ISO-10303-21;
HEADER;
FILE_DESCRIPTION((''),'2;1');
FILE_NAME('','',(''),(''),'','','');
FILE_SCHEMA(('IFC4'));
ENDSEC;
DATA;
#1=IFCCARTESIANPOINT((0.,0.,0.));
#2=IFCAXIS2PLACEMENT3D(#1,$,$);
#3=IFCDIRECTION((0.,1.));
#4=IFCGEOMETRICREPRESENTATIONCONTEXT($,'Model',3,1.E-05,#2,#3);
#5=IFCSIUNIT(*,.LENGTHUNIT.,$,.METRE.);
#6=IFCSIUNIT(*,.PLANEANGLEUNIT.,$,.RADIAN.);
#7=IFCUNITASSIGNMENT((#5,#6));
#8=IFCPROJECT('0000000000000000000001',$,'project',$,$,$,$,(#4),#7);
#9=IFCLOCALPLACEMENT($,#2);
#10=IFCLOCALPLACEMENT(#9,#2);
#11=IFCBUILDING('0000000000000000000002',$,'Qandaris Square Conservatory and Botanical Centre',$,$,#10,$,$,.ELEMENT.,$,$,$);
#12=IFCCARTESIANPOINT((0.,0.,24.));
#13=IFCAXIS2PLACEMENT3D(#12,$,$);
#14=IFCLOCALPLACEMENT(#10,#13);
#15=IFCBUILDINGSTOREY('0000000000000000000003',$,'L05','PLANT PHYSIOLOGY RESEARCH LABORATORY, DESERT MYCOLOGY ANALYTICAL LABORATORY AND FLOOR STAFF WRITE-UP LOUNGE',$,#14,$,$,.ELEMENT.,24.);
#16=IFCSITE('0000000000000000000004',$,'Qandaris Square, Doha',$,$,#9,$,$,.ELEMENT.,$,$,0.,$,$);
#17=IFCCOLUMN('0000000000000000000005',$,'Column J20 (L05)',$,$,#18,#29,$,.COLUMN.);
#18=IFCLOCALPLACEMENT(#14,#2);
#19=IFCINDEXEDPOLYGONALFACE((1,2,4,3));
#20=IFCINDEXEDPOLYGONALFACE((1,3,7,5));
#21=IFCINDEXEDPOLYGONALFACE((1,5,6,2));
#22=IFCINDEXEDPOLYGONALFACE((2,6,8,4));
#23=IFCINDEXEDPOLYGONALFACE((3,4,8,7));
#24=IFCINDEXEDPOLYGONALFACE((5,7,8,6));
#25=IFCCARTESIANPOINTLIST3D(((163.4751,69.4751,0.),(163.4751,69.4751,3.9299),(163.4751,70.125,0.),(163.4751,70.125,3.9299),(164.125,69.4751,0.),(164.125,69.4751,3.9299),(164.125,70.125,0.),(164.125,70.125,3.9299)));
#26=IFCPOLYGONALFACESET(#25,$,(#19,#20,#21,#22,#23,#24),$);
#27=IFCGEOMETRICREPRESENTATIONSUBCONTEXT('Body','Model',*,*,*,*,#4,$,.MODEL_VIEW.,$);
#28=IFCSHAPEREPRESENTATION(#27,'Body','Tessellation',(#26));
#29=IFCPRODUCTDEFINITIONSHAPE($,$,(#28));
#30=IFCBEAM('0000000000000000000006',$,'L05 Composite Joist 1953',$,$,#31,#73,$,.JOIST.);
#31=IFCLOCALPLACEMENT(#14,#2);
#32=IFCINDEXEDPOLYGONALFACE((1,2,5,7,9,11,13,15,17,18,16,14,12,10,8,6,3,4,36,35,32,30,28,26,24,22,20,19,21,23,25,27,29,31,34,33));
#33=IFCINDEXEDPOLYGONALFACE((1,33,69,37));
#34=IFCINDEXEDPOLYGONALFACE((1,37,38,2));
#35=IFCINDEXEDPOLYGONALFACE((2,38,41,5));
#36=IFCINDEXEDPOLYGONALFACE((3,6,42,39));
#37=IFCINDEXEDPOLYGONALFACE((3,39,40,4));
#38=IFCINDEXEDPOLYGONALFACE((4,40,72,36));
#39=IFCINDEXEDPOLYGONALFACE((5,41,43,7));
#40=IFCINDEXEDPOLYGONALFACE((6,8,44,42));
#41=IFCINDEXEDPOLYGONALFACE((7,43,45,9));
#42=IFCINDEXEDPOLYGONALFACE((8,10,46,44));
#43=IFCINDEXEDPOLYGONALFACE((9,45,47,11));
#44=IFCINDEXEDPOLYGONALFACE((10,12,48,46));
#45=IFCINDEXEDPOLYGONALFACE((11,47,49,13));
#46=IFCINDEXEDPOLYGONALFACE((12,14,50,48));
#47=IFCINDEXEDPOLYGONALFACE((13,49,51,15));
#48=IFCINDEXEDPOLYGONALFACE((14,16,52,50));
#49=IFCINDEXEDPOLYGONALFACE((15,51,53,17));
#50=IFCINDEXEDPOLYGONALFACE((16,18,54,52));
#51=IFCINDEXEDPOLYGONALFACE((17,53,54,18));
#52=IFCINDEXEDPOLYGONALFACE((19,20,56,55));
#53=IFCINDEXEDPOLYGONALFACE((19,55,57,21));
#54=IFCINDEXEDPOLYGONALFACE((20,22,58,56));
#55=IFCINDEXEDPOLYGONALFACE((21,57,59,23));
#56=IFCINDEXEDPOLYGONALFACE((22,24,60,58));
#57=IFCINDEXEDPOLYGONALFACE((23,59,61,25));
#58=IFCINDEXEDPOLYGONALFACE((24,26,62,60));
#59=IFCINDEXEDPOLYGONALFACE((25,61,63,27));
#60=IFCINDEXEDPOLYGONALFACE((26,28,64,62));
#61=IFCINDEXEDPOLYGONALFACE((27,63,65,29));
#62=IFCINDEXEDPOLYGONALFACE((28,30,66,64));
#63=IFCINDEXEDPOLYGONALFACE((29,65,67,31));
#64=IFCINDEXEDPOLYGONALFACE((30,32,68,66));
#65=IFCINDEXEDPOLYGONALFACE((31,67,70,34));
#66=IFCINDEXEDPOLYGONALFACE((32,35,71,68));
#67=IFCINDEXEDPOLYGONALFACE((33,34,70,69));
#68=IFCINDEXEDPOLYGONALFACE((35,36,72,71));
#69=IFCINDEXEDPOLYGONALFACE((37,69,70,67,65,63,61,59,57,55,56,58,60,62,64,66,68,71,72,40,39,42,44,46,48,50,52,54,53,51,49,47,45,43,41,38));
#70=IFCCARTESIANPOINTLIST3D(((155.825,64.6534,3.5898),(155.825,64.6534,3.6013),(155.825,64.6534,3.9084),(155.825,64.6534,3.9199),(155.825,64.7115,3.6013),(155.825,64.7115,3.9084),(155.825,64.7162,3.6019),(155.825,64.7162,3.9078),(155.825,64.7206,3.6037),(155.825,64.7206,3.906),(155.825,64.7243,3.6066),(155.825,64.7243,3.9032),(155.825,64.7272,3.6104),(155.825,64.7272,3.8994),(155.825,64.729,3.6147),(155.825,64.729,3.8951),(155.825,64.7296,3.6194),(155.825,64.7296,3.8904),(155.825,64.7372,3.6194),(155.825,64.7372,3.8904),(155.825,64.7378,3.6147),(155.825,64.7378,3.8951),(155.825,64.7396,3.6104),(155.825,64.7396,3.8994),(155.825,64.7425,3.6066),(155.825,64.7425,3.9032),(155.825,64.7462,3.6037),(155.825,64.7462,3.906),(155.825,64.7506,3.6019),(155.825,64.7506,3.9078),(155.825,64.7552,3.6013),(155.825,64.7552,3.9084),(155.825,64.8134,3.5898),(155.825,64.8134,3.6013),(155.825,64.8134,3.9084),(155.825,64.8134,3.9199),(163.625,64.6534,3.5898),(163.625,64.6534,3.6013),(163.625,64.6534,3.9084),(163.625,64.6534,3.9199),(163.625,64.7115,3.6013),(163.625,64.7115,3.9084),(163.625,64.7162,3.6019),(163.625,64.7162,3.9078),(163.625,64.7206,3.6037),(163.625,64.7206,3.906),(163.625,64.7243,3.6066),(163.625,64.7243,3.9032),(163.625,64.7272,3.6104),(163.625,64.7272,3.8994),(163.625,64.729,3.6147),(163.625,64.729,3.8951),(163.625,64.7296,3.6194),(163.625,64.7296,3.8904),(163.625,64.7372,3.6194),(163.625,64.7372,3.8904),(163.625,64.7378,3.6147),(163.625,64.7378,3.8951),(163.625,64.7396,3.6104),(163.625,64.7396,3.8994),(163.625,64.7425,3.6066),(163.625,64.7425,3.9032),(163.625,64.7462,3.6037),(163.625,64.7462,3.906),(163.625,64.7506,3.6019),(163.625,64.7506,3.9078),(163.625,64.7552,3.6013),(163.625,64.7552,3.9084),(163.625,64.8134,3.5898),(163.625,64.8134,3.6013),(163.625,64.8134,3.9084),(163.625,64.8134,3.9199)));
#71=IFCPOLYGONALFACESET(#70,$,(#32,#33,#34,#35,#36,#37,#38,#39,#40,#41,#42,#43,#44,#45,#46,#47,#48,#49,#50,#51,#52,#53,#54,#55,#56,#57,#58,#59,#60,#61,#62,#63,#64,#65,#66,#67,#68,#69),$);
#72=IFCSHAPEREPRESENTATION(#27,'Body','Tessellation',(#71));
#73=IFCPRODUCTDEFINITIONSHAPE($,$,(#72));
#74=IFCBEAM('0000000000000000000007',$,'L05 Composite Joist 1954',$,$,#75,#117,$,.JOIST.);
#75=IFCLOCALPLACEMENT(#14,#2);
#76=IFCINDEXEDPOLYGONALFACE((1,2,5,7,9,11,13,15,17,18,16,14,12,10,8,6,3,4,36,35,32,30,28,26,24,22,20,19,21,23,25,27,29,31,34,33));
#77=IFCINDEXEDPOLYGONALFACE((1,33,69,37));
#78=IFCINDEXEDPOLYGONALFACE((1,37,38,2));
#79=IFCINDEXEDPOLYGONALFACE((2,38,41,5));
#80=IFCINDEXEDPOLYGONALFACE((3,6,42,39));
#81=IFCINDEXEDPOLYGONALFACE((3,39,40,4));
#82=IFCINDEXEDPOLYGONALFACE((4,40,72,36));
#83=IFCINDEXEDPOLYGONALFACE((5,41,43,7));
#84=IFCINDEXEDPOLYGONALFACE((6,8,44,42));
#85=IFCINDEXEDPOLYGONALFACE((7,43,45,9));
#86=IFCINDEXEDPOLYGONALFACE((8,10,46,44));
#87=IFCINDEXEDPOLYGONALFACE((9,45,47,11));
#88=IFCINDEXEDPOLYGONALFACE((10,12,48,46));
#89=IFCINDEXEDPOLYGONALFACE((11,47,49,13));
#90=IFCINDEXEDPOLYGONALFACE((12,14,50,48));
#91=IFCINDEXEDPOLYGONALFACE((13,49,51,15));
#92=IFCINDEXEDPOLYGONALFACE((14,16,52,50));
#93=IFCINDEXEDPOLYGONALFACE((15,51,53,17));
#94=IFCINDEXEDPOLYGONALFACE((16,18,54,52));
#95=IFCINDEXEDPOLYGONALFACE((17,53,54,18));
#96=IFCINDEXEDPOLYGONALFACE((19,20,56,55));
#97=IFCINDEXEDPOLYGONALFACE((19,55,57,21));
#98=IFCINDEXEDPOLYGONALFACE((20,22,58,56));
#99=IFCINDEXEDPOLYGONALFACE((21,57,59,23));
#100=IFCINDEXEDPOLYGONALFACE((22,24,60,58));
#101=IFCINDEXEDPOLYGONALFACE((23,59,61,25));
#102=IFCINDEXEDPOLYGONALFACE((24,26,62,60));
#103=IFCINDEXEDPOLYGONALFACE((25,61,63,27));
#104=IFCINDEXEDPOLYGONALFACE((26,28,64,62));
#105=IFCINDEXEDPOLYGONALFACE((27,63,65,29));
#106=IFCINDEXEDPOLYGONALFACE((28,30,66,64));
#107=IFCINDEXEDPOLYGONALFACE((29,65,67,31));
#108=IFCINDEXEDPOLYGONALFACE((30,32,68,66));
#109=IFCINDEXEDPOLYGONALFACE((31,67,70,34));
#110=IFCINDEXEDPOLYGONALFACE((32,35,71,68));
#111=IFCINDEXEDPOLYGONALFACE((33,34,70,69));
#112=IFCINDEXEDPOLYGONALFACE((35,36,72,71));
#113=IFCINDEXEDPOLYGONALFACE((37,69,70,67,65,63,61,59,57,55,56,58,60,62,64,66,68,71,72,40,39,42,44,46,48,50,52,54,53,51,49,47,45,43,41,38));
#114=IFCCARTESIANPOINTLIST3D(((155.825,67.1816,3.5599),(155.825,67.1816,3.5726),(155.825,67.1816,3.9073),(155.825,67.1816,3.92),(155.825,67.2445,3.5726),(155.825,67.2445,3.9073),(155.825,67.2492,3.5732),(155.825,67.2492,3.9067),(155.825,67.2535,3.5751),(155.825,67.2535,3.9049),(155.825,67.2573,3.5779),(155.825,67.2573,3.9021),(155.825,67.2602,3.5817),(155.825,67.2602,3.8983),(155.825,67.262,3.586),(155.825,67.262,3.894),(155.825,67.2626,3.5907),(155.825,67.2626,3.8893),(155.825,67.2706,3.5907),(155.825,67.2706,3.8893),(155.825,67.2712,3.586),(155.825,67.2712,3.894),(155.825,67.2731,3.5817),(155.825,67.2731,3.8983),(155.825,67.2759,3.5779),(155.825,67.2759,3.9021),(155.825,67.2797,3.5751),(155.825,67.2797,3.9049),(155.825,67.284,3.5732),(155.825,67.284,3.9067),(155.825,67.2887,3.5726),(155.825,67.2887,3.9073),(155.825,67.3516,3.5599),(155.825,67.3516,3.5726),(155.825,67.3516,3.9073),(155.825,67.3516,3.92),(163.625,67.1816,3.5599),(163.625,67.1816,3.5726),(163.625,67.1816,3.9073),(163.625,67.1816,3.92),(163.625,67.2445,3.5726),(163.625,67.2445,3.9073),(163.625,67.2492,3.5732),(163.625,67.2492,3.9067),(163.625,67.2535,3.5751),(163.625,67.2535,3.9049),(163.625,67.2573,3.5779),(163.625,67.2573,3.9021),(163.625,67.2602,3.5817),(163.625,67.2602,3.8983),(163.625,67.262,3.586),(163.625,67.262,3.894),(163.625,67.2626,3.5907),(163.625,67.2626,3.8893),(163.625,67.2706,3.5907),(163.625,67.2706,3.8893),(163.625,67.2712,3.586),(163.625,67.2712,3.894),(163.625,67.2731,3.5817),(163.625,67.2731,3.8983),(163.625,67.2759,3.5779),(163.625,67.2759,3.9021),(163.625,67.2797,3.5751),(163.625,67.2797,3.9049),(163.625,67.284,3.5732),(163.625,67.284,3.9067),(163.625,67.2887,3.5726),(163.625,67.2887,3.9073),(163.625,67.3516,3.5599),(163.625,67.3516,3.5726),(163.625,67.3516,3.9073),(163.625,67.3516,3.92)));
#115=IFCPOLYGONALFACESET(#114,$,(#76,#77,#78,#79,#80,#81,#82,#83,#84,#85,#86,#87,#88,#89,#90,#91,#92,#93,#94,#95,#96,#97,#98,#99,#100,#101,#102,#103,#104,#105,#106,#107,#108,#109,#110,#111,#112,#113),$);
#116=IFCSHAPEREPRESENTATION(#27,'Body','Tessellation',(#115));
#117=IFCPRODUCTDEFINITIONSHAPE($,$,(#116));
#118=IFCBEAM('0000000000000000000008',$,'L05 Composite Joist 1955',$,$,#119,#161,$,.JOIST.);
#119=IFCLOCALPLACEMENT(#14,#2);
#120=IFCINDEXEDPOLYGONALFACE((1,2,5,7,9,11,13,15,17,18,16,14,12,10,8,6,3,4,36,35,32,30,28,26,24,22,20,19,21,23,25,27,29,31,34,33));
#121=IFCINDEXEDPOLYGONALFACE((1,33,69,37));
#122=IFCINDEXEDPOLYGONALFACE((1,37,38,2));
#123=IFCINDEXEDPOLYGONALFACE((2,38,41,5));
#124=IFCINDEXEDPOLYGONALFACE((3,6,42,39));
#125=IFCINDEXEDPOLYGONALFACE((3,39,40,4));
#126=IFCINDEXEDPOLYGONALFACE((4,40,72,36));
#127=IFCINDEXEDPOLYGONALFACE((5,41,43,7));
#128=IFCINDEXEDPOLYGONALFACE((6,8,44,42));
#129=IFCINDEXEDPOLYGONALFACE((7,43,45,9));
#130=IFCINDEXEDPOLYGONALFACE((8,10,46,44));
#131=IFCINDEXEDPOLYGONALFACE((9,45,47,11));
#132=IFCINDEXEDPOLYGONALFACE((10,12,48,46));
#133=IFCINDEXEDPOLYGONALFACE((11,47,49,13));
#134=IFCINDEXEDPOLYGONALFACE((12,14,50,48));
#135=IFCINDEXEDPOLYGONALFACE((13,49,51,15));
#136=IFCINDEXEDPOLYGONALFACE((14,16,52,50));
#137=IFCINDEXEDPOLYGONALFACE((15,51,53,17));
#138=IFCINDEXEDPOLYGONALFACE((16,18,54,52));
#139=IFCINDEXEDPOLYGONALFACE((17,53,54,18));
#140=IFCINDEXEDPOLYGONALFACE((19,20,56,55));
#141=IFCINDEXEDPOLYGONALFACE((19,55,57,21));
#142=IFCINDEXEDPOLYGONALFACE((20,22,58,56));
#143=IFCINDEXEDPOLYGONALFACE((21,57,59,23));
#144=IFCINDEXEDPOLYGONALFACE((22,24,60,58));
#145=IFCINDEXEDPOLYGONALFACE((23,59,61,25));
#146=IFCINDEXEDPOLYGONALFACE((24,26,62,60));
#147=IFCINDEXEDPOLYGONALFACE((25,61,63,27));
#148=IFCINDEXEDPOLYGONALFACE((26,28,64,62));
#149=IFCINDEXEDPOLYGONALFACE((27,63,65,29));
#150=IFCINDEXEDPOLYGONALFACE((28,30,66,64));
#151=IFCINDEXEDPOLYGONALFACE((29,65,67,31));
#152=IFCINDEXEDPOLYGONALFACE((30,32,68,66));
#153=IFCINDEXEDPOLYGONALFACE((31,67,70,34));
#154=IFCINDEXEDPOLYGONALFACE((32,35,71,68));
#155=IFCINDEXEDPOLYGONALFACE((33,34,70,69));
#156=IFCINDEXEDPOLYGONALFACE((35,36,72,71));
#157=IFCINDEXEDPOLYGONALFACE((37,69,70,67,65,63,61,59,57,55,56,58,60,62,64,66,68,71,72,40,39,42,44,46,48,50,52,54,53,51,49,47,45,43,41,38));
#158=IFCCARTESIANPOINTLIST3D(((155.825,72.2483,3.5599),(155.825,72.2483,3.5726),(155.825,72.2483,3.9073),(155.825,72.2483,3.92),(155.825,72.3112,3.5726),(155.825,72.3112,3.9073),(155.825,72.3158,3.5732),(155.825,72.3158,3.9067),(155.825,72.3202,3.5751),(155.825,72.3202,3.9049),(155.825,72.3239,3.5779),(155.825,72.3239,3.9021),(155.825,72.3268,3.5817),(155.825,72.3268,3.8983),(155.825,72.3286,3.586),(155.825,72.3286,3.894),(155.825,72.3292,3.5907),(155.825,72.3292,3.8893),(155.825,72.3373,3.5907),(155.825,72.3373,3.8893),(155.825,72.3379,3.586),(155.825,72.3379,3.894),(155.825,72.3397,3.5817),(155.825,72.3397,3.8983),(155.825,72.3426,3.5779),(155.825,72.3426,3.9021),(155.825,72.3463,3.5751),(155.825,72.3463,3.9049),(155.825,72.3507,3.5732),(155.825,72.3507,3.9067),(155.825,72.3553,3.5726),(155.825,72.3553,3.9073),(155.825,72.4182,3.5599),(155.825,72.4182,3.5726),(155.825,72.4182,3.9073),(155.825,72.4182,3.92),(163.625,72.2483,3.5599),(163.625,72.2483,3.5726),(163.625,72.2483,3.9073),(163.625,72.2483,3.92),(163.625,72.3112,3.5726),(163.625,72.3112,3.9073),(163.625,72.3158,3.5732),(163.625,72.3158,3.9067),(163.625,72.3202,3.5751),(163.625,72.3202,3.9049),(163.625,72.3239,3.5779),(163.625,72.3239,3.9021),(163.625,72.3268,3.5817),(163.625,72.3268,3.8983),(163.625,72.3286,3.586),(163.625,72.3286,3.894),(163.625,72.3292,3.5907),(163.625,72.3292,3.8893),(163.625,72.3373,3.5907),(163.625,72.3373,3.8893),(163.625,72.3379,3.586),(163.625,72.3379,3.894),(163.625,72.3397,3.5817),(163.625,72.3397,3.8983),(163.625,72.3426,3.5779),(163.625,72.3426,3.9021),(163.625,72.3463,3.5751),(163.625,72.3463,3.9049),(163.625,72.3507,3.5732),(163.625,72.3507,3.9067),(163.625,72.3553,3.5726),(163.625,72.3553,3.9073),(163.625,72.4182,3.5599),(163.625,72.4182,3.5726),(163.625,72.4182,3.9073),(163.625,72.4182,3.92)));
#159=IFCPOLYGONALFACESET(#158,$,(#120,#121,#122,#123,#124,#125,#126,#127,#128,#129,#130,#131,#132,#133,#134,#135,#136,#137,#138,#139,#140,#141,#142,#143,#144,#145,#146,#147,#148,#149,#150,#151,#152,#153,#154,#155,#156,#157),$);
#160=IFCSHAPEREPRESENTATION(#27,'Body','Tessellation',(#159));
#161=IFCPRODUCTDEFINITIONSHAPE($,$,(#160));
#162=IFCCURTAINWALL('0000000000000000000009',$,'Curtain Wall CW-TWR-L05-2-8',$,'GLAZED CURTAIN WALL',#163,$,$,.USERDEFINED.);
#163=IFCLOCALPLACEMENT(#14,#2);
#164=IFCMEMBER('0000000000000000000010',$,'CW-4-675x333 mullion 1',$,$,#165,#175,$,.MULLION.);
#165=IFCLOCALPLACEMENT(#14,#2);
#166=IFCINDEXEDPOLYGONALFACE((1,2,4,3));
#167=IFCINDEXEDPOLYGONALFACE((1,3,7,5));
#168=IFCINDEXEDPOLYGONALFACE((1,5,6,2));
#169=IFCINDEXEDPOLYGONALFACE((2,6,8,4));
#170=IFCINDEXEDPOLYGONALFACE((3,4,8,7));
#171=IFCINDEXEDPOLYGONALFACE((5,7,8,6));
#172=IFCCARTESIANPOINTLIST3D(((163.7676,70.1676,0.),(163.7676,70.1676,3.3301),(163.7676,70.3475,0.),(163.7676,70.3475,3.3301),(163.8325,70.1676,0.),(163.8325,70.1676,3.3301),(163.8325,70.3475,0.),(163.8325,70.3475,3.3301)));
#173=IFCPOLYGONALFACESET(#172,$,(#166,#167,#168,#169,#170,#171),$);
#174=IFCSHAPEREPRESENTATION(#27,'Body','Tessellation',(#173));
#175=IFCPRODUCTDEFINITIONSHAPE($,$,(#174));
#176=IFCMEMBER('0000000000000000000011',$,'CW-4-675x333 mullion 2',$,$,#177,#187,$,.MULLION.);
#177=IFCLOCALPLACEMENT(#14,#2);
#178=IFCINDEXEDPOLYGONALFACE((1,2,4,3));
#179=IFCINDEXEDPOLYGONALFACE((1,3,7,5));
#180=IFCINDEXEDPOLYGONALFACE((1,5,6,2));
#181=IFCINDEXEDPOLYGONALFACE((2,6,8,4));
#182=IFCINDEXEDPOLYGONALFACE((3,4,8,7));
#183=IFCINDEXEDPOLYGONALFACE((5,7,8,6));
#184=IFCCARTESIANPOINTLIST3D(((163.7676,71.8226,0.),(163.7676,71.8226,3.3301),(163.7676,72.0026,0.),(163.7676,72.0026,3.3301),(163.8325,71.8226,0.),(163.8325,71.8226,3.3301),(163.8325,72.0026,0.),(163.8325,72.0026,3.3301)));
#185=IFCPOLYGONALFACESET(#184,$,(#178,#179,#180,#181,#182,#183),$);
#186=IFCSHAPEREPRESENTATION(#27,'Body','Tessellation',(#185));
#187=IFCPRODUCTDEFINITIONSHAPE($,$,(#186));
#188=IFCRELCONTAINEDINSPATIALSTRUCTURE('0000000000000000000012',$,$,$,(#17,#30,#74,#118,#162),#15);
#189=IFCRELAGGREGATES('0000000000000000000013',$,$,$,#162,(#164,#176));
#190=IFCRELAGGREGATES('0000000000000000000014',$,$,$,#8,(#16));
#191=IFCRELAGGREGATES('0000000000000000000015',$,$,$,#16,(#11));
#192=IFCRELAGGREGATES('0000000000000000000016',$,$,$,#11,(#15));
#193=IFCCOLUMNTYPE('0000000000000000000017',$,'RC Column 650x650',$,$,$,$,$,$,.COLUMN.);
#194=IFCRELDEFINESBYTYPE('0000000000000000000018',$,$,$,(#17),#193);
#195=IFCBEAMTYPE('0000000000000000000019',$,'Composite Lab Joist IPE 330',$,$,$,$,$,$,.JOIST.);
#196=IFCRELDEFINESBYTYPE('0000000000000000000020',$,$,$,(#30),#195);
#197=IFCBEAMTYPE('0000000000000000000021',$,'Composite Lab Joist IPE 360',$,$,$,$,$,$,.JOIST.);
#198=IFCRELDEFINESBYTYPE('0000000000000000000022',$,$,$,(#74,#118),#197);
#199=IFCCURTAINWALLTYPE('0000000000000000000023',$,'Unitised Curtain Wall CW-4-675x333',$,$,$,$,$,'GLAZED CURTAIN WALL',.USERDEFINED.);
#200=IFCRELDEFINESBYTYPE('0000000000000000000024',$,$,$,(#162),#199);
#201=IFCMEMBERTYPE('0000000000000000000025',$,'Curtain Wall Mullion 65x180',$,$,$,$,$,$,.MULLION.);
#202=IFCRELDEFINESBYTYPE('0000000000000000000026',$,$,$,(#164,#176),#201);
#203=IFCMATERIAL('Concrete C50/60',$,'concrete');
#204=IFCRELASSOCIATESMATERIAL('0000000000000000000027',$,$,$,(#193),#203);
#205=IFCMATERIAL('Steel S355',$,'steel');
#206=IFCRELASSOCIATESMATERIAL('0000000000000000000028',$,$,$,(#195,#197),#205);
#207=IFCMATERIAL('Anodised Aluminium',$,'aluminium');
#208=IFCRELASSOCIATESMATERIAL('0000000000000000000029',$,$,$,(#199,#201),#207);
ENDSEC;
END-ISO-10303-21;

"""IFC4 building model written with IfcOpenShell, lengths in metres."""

from ifc_helpers import new_model, si_unit, direction, frame, origin, origin_2d, place, context, subcontext, project, spatial, rectangle, i_section, extrude, material, material_profile, profile_set, type_object, element, aggregate, save


model = new_model("IFC4")

# Units and contexts
model_context = context("Model", 3, precision=1e-05, world=origin(), true_north=direction((0.0, 1.0)))
body_context = subcontext(model_context, "Body", "Model", "MODEL_VIEW")
ifc_project = project(units=[si_unit("LENGTHUNIT", "METRE"), si_unit("PLANEANGLEUNIT", "RADIAN")], contexts=[model_context])

# Site, building, storey
site_placement = place(None, origin())
site = spatial("IfcSite", under=ifc_project, at=site_placement, Name="Qandaris Square, Doha", CompositionType="ELEMENT", RefElevation=0.0)
building_placement = place(site_placement, origin())
building = spatial("IfcBuilding", under=site, at=building_placement, Name="Qandaris Square Conservatory and Botanical Centre", CompositionType="ELEMENT")
storey_placement = place(building_placement, frame((0.0, 0.0, 24.0)))
storey = spatial("IfcBuildingStorey", under=building, at=storey_placement, Name="L05", Description="PLANT PHYSIOLOGY RESEARCH LABORATORY, DESERT MYCOLOGY ANALYTICAL LABORATORY AND FLOOR STAFF WRITE-UP LOUNGE", CompositionType="ELEMENT", Elevation=24.0)

# Column
ifc_material_1 = material(Name="Concrete C50/60", Category="concrete")
ifc_material_profile_1 = material_profile(ifc_material_1, rectangle(XDim=0.6499, YDim=0.6499, at=origin_2d()), Name="RC-COL 650x650")
ifc_profile_set_1 = profile_set([ifc_material_profile_1], Name="Concrete C50/60")
column_type = type_object("IfcColumnType", Name="RC Column 650x650", PredefinedType="COLUMN", material=ifc_profile_set_1)
column_placement = place(storey_placement, frame((163.8, 69.8, 0.0), z_axis=(0.0, 0.0, 1.0), x_axis=(1.0, 0.0, 0.0)))
element("IfcColumn", 1, at=column_placement, inside=storey, type_object=column_type, Name="Column J20 (L05)", PredefinedType="COLUMN", context=body_context, shape_type="SweptSolid", body=[
    extrude(rectangle(XDim=0.6499, YDim=0.6499, at=origin_2d()), origin(), (0.0, 0.0, 1.0), 3.9299),
])

# Beams
ifc_material_2 = material(Name="Steel S355", Category="steel")
ifc_material_profile_2 = material_profile(ifc_material_2, i_section(OverallWidth=0.1599, OverallDepth=0.3301, WebThickness=0.0076, FlangeThickness=0.0115, FilletRadius=0.0181, at=origin_2d()), Name="IPE 330")
ifc_profile_set_2 = profile_set([ifc_material_profile_2], Name="Steel S355")
beam_type_1 = type_object("IfcBeamType", Name="Composite Lab Joist IPE 330", PredefinedType="JOIST", material=ifc_profile_set_2)
beam_1_placement = place(storey_placement, frame((155.825, 64.7334, 3.7549), z_axis=(1.0, 0.0, 0.0), x_axis=(0.0, 1.0, 0.0)))
element("IfcBeam", 2, at=beam_1_placement, inside=storey, type_object=beam_type_1, Name="L05 Composite Joist 1953", PredefinedType="JOIST", context=body_context, shape_type="SweptSolid", body=[
    extrude(i_section(OverallWidth=0.1599, OverallDepth=0.3301, WebThickness=0.0076, FlangeThickness=0.0115, FilletRadius=0.0181, at=origin_2d()), origin(), (0.0, 0.0, 1.0), 7.8),
])
ifc_material_profile_3 = material_profile(ifc_material_2, i_section(OverallWidth=0.1699, OverallDepth=0.3601, WebThickness=0.0081, FlangeThickness=0.0127, FilletRadius=0.0181, at=origin_2d()), Name="IPE 360")
ifc_profile_set_3 = profile_set([ifc_material_profile_3], Name="Steel S355")
beam_type_2 = type_object("IfcBeamType", Name="Composite Lab Joist IPE 360", PredefinedType="JOIST", material=ifc_profile_set_3)
for number, where, z_axis, x_axis, name in (
    (3, (155.825, 67.2666, 3.74), (1.0, 0.0, 0.0), (0.0, 1.0, 0.0), "L05 Composite Joist 1954"),
    (4, (155.825, 72.3333, 3.74), (1.0, 0.0, 0.0), (0.0, 1.0, 0.0), "L05 Composite Joist 1955"),
):
    element("IfcBeam", number, at=place(storey_placement, frame(where, z_axis=z_axis, x_axis=x_axis)), inside=storey, type_object=beam_type_2, Name=name, PredefinedType="JOIST", context=body_context, shape_type="SweptSolid", body=[
        extrude(i_section(OverallWidth=0.1699, OverallDepth=0.3601, WebThickness=0.0081, FlangeThickness=0.0127, FilletRadius=0.0181, at=origin_2d()), origin(), (0.0, 0.0, 1.0), 7.8),
    ])

# Curtain wall, members
ifc_material_3 = material(Name="Anodised Aluminium", Category="aluminium")
curtain_wall_type = type_object("IfcCurtainWallType", Name="Unitised Curtain Wall CW-4-675x333", ElementType="GLAZED CURTAIN WALL", PredefinedType="USERDEFINED", material=ifc_material_3)
curtain_wall_placement = place(storey_placement, origin())
curtain_wall = element("IfcCurtainWall", 5, at=curtain_wall_placement, inside=storey, type_object=curtain_wall_type, Name="Curtain Wall CW-TWR-L05-2-8", ObjectType="GLAZED CURTAIN WALL", PredefinedType="USERDEFINED")
ifc_material_profile_4 = material_profile(ifc_material_3, rectangle(XDim=0.0649, YDim=0.1799, at=origin_2d()), Name="ALU-MUL 65x180")
ifc_profile_set_4 = profile_set([ifc_material_profile_4], Name="Anodised Aluminium")
member_type_1 = type_object("IfcMemberType", Name="Curtain Wall Mullion 65x180", PredefinedType="MULLION", material=ifc_profile_set_4)
member_1_placement = place(storey_placement, frame((163.8, 70.2576, 0.0), z_axis=(0.0, 0.0, 1.0), x_axis=(-1.0, 0.0, 0.0)))
member_1 = element("IfcMember", 6, at=member_1_placement, type_object=member_type_1, Name="CW-4-675x333 mullion 1", PredefinedType="MULLION", context=body_context, shape_type="SweptSolid", body=[
    extrude(rectangle(XDim=0.0649, YDim=0.1799, at=origin_2d()), origin(), (0.0, 0.0, 1.0), 3.3301),
])
member_2_placement = place(storey_placement, frame((163.8, 71.9126, 0.0), z_axis=(0.0, 0.0, 1.0), x_axis=(-1.0, 0.0, 0.0)))
member_2 = element("IfcMember", 7, at=member_2_placement, type_object=member_type_1, Name="CW-4-675x333 mullion 2", PredefinedType="MULLION", context=body_context, shape_type="SweptSolid", body=[
    extrude(rectangle(XDim=0.0649, YDim=0.1799, at=origin_2d()), origin(), (0.0, 0.0, 1.0), 3.3301),
])

aggregate(curtain_wall, [member_1, member_2])

save(model, "model.ifc")
